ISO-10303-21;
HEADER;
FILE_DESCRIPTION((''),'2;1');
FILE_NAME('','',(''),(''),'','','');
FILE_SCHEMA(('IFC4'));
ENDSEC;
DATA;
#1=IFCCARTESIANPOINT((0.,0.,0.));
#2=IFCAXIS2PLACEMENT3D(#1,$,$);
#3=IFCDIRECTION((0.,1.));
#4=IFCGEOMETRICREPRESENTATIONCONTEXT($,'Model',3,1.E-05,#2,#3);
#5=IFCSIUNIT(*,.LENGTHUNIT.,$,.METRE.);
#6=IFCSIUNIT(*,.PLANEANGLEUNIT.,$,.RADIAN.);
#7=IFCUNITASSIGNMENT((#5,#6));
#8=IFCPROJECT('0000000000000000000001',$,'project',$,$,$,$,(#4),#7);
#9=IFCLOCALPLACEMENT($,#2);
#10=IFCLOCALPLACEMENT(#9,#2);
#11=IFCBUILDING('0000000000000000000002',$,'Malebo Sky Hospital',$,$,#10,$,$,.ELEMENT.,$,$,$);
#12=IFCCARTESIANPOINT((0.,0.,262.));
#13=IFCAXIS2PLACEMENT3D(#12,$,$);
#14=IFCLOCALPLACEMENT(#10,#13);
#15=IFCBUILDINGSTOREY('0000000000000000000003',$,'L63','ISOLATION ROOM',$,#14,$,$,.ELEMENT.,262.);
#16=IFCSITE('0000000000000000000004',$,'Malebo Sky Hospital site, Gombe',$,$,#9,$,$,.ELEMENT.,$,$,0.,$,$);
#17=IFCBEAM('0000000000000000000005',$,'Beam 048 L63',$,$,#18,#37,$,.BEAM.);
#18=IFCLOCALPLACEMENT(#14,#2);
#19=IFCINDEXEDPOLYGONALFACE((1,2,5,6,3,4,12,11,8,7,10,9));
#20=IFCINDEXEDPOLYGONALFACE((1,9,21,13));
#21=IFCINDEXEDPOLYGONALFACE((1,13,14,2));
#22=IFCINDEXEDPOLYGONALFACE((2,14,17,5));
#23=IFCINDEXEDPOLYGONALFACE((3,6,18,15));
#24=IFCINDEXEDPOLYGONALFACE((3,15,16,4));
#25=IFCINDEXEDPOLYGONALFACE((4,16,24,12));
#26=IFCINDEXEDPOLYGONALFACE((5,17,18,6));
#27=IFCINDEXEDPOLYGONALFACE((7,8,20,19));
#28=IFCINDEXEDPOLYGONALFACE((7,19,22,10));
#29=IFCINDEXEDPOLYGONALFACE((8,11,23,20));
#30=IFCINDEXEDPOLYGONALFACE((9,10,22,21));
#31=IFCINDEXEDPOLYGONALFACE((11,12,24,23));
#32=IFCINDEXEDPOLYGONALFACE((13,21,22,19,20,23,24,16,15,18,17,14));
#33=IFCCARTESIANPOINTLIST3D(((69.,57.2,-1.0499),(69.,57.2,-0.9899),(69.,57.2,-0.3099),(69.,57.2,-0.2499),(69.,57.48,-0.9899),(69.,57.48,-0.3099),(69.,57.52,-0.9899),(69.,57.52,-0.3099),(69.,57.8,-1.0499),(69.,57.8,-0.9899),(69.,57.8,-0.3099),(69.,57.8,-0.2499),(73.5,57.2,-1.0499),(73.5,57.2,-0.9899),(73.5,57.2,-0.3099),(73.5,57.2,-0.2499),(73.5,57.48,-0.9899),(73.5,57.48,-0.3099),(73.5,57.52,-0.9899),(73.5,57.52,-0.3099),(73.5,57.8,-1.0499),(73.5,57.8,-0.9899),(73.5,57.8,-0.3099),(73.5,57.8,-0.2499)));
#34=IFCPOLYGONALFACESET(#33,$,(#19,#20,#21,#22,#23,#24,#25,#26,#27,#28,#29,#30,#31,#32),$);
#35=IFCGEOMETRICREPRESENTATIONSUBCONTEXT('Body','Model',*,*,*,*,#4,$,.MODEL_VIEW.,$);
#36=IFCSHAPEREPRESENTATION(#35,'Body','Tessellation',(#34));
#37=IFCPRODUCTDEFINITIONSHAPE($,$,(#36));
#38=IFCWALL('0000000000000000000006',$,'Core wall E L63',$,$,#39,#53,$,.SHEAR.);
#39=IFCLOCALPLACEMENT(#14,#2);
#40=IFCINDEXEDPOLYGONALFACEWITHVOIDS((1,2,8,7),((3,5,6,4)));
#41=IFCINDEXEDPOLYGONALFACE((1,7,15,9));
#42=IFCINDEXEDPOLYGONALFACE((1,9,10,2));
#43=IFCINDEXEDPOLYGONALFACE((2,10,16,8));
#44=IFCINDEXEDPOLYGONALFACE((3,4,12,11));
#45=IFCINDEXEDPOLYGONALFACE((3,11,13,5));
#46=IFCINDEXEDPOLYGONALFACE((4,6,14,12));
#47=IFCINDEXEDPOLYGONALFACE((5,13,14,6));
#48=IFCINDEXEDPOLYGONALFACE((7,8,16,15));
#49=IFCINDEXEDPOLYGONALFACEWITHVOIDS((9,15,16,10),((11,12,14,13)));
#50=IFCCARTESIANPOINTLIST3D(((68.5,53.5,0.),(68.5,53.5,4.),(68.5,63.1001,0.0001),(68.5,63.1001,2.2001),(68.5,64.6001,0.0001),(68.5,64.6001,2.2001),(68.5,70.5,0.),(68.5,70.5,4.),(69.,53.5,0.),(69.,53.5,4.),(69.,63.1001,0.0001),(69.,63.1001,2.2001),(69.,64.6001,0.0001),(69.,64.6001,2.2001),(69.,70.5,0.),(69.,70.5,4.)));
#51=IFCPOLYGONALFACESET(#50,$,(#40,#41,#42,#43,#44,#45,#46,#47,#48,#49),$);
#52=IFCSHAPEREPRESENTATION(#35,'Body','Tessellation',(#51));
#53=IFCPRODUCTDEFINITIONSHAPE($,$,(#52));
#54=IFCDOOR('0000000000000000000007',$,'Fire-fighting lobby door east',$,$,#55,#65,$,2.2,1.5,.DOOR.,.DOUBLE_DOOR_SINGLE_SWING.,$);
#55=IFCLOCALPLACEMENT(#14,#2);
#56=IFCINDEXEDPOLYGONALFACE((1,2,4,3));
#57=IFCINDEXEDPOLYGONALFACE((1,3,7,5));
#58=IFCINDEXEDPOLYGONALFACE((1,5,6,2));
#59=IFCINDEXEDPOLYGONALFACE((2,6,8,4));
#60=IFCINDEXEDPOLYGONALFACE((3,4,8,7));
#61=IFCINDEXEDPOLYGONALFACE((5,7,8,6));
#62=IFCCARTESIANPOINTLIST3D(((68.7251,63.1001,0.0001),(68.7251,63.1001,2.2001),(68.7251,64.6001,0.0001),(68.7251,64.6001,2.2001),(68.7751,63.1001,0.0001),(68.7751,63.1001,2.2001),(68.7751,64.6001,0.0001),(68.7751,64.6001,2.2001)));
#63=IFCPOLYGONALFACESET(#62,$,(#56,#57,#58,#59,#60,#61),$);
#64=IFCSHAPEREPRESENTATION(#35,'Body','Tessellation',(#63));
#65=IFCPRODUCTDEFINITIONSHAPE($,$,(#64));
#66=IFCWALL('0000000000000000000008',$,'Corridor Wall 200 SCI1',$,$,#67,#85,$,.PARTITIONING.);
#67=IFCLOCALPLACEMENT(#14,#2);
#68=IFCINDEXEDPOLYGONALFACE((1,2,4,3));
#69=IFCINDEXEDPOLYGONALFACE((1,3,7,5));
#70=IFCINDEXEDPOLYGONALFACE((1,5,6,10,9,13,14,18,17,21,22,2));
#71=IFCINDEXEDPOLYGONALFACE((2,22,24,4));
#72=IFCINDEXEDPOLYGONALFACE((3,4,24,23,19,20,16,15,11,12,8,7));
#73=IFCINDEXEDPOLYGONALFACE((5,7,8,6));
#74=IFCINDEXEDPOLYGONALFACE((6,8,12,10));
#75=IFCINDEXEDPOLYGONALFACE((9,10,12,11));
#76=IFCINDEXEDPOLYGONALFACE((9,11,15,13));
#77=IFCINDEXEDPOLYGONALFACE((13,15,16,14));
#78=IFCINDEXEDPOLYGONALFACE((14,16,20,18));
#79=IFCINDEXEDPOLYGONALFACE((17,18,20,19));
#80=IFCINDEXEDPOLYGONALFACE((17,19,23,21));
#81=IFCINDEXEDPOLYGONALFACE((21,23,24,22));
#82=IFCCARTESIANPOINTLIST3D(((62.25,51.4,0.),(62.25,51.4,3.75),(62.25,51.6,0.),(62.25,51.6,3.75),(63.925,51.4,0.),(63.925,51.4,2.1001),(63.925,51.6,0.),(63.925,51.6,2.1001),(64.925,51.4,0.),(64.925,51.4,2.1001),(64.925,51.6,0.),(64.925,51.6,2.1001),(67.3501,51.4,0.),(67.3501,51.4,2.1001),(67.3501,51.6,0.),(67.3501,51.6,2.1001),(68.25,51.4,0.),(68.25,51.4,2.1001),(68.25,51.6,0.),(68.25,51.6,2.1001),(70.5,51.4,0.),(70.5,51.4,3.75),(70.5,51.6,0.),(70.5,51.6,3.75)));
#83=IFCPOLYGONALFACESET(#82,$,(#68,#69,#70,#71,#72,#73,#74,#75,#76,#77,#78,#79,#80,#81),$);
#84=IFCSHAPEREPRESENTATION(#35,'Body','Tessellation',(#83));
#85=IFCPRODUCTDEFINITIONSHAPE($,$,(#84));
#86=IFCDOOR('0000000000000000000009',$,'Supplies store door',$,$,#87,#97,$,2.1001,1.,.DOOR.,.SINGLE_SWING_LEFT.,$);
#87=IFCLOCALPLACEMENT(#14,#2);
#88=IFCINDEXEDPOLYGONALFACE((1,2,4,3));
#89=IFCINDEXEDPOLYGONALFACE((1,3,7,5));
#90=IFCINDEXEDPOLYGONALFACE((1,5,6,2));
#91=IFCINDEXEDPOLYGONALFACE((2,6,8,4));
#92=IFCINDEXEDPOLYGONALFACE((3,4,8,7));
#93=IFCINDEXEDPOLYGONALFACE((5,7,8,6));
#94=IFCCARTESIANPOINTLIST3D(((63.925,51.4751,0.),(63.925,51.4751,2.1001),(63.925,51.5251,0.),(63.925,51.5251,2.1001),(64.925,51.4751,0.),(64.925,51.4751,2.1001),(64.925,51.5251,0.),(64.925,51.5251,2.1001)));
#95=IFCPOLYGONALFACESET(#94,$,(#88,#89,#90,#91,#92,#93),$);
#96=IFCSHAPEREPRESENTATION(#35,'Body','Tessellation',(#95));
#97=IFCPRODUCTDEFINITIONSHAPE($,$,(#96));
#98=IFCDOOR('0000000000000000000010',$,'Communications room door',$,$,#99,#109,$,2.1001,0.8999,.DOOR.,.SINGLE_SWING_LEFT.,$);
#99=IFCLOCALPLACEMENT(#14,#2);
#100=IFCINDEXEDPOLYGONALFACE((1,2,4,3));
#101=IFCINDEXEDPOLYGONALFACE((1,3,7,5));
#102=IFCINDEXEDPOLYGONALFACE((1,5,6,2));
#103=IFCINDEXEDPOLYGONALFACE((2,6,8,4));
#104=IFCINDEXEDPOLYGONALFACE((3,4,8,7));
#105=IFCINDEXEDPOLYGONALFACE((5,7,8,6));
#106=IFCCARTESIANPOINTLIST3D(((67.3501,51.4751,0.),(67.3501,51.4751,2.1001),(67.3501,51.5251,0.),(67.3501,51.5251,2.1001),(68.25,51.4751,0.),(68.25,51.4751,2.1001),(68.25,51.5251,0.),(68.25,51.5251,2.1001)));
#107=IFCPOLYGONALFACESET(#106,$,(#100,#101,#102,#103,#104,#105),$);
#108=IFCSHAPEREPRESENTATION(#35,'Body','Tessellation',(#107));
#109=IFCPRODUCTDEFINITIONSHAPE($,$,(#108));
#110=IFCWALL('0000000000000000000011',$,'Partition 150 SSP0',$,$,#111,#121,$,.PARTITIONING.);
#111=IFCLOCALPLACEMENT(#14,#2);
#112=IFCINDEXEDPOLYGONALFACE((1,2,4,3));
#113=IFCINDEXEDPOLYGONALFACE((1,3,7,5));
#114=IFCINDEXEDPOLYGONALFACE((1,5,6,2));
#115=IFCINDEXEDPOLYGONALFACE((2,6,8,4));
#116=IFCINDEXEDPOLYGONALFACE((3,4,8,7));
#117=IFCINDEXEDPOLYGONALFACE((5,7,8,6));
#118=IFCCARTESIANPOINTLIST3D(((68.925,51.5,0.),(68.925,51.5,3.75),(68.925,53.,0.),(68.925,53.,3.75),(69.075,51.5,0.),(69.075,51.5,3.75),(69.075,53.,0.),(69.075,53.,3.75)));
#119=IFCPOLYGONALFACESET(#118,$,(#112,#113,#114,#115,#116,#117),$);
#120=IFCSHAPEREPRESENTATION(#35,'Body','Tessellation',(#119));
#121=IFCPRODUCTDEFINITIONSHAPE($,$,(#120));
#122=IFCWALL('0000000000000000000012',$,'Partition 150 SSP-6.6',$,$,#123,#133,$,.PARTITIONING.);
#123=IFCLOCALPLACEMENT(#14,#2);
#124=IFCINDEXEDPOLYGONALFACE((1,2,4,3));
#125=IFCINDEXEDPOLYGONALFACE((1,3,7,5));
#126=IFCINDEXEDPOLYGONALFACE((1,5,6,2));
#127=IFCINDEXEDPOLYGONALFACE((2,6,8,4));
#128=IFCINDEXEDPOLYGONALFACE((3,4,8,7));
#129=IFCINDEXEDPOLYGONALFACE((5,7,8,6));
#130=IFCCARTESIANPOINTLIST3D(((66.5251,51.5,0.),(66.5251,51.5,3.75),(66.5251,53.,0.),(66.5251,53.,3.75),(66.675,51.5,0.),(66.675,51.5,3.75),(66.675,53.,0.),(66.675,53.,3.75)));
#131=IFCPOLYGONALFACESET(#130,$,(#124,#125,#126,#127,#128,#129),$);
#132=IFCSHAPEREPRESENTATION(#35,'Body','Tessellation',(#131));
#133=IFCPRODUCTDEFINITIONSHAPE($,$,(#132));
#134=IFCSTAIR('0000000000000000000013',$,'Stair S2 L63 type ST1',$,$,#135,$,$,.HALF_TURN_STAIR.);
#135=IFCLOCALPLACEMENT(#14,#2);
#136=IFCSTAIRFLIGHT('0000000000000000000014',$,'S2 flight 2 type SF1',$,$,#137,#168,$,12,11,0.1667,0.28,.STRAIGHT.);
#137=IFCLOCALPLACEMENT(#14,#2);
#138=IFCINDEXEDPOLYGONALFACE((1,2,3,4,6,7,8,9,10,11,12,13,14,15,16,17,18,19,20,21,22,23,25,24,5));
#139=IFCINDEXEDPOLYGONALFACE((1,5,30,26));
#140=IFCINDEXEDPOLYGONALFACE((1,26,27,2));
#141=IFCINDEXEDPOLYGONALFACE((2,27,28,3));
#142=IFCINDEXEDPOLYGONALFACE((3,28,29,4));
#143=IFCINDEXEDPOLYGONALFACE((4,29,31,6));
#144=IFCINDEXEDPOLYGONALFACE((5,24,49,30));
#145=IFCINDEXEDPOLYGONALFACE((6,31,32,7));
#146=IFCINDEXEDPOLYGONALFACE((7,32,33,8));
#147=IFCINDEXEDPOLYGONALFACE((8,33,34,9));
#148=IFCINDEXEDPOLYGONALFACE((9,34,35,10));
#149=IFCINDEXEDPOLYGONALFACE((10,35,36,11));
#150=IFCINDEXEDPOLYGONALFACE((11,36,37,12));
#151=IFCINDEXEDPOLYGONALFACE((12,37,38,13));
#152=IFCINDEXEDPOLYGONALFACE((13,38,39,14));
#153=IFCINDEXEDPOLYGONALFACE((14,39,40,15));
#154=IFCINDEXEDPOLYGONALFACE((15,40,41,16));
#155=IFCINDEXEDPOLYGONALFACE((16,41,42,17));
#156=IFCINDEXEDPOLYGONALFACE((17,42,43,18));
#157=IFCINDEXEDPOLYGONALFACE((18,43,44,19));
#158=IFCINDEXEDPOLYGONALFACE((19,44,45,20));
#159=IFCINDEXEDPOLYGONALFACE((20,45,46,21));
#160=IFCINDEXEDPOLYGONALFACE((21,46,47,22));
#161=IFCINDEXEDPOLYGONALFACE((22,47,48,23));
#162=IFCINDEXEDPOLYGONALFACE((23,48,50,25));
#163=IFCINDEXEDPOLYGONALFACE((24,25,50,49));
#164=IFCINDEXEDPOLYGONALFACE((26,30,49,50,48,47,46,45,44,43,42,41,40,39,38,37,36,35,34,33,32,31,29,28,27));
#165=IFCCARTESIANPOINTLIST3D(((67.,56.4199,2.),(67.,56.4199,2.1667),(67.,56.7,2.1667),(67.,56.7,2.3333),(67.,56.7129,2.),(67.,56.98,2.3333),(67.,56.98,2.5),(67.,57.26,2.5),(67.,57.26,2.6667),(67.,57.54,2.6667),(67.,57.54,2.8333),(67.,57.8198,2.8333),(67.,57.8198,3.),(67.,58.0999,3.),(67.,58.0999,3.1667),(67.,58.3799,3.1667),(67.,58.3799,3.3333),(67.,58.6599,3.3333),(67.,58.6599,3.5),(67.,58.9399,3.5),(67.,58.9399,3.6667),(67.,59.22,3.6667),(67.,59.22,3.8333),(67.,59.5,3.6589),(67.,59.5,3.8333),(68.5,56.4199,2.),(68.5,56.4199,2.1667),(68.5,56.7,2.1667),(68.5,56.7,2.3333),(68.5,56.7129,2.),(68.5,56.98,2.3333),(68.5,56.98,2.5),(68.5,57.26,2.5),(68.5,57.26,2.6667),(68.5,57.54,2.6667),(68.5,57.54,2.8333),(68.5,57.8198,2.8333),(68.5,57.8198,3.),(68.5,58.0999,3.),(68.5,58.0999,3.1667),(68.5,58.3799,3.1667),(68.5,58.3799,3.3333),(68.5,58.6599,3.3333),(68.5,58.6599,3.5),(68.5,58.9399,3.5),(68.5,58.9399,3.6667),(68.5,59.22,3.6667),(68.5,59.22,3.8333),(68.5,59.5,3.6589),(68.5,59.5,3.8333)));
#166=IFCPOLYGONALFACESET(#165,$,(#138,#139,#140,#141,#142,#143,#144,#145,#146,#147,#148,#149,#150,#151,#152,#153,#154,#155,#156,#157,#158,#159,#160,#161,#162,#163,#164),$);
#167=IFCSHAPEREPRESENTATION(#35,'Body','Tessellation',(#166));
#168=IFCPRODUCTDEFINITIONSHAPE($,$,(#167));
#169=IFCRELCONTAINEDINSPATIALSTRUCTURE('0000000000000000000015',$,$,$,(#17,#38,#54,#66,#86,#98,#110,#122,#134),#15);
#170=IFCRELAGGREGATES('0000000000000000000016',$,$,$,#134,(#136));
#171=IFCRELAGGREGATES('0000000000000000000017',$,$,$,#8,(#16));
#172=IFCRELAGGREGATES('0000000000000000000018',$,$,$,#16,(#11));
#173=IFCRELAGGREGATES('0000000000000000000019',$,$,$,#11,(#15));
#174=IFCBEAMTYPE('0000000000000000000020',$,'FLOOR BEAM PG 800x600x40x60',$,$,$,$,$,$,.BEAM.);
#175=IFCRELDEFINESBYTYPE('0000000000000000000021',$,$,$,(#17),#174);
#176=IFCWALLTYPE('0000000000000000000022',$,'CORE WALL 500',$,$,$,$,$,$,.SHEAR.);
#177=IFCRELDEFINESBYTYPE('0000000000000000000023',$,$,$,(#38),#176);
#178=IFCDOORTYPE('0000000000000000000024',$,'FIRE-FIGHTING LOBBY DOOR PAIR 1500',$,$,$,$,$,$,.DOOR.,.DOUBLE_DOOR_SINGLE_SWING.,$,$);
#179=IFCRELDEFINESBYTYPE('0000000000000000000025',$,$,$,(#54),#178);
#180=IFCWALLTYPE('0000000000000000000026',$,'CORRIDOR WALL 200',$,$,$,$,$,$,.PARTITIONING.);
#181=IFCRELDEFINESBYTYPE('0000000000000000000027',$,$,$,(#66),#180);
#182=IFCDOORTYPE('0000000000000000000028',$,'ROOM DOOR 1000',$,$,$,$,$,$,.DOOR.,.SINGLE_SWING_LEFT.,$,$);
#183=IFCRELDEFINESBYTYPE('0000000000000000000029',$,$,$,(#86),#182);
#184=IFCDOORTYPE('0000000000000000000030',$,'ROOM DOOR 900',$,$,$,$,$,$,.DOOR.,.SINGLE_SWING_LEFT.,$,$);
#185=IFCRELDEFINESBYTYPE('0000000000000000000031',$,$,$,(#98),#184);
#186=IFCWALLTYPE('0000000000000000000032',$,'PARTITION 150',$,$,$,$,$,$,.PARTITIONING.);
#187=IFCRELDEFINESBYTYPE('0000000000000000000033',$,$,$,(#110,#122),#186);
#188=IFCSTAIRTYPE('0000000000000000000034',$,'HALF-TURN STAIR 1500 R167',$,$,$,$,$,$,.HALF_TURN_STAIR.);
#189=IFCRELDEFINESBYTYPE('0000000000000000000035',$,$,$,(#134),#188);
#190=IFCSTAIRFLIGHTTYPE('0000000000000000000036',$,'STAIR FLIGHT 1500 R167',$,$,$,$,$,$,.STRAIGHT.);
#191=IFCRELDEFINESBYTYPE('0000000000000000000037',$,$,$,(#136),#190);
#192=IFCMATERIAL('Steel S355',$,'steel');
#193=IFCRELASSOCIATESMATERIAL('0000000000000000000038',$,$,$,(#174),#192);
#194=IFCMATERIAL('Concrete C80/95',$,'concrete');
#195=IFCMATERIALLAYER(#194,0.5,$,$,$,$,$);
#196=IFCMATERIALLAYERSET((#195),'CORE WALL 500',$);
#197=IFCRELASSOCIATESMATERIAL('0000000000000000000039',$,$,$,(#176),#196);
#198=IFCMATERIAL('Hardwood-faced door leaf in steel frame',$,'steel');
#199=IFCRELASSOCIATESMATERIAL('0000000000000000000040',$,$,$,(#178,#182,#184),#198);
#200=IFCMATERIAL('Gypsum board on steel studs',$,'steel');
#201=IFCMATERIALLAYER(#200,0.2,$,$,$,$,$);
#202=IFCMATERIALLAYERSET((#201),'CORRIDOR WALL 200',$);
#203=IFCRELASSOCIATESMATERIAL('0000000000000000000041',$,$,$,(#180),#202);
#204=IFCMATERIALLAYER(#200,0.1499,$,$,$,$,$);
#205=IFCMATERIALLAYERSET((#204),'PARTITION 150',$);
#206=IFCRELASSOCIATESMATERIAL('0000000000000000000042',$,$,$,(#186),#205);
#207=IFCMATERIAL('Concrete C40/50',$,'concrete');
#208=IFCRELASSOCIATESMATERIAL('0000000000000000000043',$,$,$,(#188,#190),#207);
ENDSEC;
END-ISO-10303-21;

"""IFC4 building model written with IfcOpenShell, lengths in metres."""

from ifc_helpers import new_model, si_unit, direction, frame, frame_2d, origin, origin_2d, place, context, subcontext, project, spatial, polyline, rectangle, i_section, outline, extrude, material, layer, layer_set, material_profile, profile_set, type_object, element, fill, aggregate, save


model = new_model("IFC4")

# Units and contexts
model_context = context("Model", 3, precision=1e-05, world=origin(), true_north=direction((0.0, 1.0)))
body_context = subcontext(model_context, "Body", "Model", "MODEL_VIEW")
ifc_project = project(units=[si_unit("LENGTHUNIT", "METRE"), si_unit("PLANEANGLEUNIT", "RADIAN")], contexts=[model_context])

# Site, building, storey
site_placement = place(None, origin())
site = spatial("IfcSite", under=ifc_project, at=site_placement, Name="Malebo Sky Hospital site, Gombe", CompositionType="ELEMENT", RefElevation=0.0)
building_placement = place(site_placement, origin())
building = spatial("IfcBuilding", under=site, at=building_placement, Name="Malebo Sky Hospital", CompositionType="ELEMENT")
storey_placement = place(building_placement, frame((0.0, 0.0, 262.0)))
storey = spatial("IfcBuildingStorey", under=building, at=storey_placement, Name="L63", Description="ISOLATION ROOM", CompositionType="ELEMENT", Elevation=262.0)

# Beam
ifc_material_1 = material(Name="Steel S355", Category="steel")
ifc_material_profile = material_profile(ifc_material_1, i_section(OverallWidth=0.6001, OverallDepth=0.8, WebThickness=0.04, FlangeThickness=0.0601, at=origin_2d()), Name="PG 800x600x40x60")
ifc_profile_set = profile_set([ifc_material_profile], Name="Steel S355")
beam_type = type_object("IfcBeamType", Name="FLOOR BEAM PG 800x600x40x60", PredefinedType="BEAM", material=ifc_profile_set)
beam_placement = place(storey_placement, frame((69.0, 57.5, -0.6499), z_axis=(1.0, 0.0, 0.0), x_axis=(0.0, 1.0, 0.0)))
element("IfcBeam", 1, at=beam_placement, inside=storey, type_object=beam_type, Name="Beam 048 L63", PredefinedType="BEAM", context=body_context, shape_type="SweptSolid", body=[
    extrude(i_section(OverallWidth=0.6001, OverallDepth=0.8, WebThickness=0.04, FlangeThickness=0.0601, at=origin_2d()), origin(), (0.0, 0.0, 1.0), 4.5),
])

# Wall, opening, door
ifc_material_2 = material(Name="Concrete C80/95", Category="concrete")
ifc_layer_1 = layer(ifc_material_2, 0.5)
ifc_layer_set_1 = layer_set([ifc_layer_1], Name="CORE WALL 500")
wall_type_1 = type_object("IfcWallType", Name="CORE WALL 500", PredefinedType="SHEAR", material=ifc_layer_set_1)
wall_1_placement = place(storey_placement, frame((68.75, 53.5, 0.0), z_axis=(0.0, 0.0, 1.0), x_axis=(0.0, 1.0, 0.0)))
wall_1 = element("IfcWall", 2, at=wall_1_placement, inside=storey, type_object=wall_type_1, Name="Core wall E L63", PredefinedType="SHEAR", context=body_context, shape_type="SweptSolid", body=[
    extrude(rectangle(XDim=17.0, YDim=0.5, at=frame_2d((8.5, 0.0))), origin(), (0.0, 0.0, 1.0), 4.0),
])
opening_1_placement = place(wall_1_placement, frame((9.6001, 0.0, 0.0)))
opening_1 = element("IfcOpeningElement", 3, at=opening_1_placement, cuts=wall_1, PredefinedType="OPENING", context=body_context, shape_type="SweptSolid", body=[
    extrude(rectangle(XDim=1.5, YDim=2.2, at=frame_2d((0.75, 1.1001))), frame((0.0, 0.26, 0.0), z_axis=(0.0, -1.0, 0.0), x_axis=(1.0, 0.0, 0.0)), (0.0, 0.0, 1.0), 0.52),
])
ifc_material_3 = material(Name="Hardwood-faced door leaf in steel frame", Category="steel")
door_type_1 = type_object("IfcDoorType", Name="FIRE-FIGHTING LOBBY DOOR PAIR 1500", OperationType="DOUBLE_DOOR_SINGLE_SWING", PredefinedType="DOOR", material=ifc_material_3)
door_1_placement = place(opening_1_placement, origin())
door_1 = element("IfcDoor", 4, at=door_1_placement, inside=storey, type_object=door_type_1, Name="Fire-fighting lobby door east", OperationType="DOUBLE_DOOR_SINGLE_SWING", OverallHeight=2.2, OverallWidth=1.5, PredefinedType="DOOR", context=body_context, shape_type="SweptSolid", body=[
    extrude(rectangle(XDim=1.5, YDim=2.2, at=frame_2d((0.75, 1.1001))), frame((0.0, 0.0249, 0.0), z_axis=(0.0, -1.0, 0.0), x_axis=(1.0, 0.0, 0.0)), (0.0, 0.0, 1.0), 0.05),
])
fill(opening_1, door_1)

# Wall, openings, doors
ifc_material_4 = material(Name="Gypsum board on steel studs", Category="steel")
ifc_layer_2 = layer(ifc_material_4, 0.2)
ifc_layer_set_2 = layer_set([ifc_layer_2], Name="CORRIDOR WALL 200")
wall_type_2 = type_object("IfcWallType", Name="CORRIDOR WALL 200", PredefinedType="PARTITIONING", material=ifc_layer_set_2)
wall_2_placement = place(storey_placement, frame((70.5, 51.5, 0.0), z_axis=(0.0, 0.0, 1.0), x_axis=(-1.0, 0.0, 0.0)))
wall_2 = element("IfcWall", 5, at=wall_2_placement, inside=storey, type_object=wall_type_2, Name="Corridor Wall 200 SCI1", PredefinedType="PARTITIONING", context=body_context, shape_type="SweptSolid", body=[
    extrude(rectangle(XDim=8.25, YDim=0.2, at=frame_2d((4.125, 0.0))), origin(), (0.0, 0.0, 1.0), 3.75),
])
opening_2_placement = place(wall_2_placement, frame((2.25, 0.0, 0.0)))
opening_2 = element("IfcOpeningElement", 6, at=opening_2_placement, cuts=wall_2, PredefinedType="OPENING", context=body_context, shape_type="SweptSolid", body=[
    extrude(rectangle(XDim=0.8999, YDim=2.1001, at=frame_2d((0.45, 1.05))), frame((0.0, 0.1099, 0.0), z_axis=(0.0, -1.0, 0.0), x_axis=(1.0, 0.0, 0.0)), (0.0, 0.0, 1.0), 0.22),
])
opening_3_placement = place(wall_2_placement, frame((5.575, 0.0, 0.0)))
opening_3 = element("IfcOpeningElement", 7, at=opening_3_placement, cuts=wall_2, PredefinedType="OPENING", context=body_context, shape_type="SweptSolid", body=[
    extrude(rectangle(XDim=1.0, YDim=2.1001, at=frame_2d((0.5, 1.05))), frame((0.0, 0.1099, 0.0), z_axis=(0.0, -1.0, 0.0), x_axis=(1.0, 0.0, 0.0)), (0.0, 0.0, 1.0), 0.22),
])
door_type_2 = type_object("IfcDoorType", Name="ROOM DOOR 1000", OperationType="SINGLE_SWING_LEFT", PredefinedType="DOOR", material=ifc_material_3)
door_2_placement = place(opening_3_placement, origin())
door_2 = element("IfcDoor", 8, at=door_2_placement, inside=storey, type_object=door_type_2, Name="Supplies store door", OperationType="SINGLE_SWING_LEFT", OverallHeight=2.1001, OverallWidth=1.0, PredefinedType="DOOR", context=body_context, shape_type="SweptSolid", body=[
    extrude(rectangle(XDim=1.0, YDim=2.1001, at=frame_2d((0.5, 1.05))), frame((0.0, 0.0249, 0.0), z_axis=(0.0, -1.0, 0.0), x_axis=(1.0, 0.0, 0.0)), (0.0, 0.0, 1.0), 0.05),
])
fill(opening_3, door_2)
door_type_3 = type_object("IfcDoorType", Name="ROOM DOOR 900", OperationType="SINGLE_SWING_LEFT", PredefinedType="DOOR", material=ifc_material_3)
door_3_placement = place(opening_2_placement, origin())
door_3 = element("IfcDoor", 9, at=door_3_placement, inside=storey, type_object=door_type_3, Name="Communications room door", OperationType="SINGLE_SWING_LEFT", OverallHeight=2.1001, OverallWidth=0.8999, PredefinedType="DOOR", context=body_context, shape_type="SweptSolid", body=[
    extrude(rectangle(XDim=0.8999, YDim=2.1001, at=frame_2d((0.45, 1.05))), frame((0.0, 0.0249, 0.0), z_axis=(0.0, -1.0, 0.0), x_axis=(1.0, 0.0, 0.0)), (0.0, 0.0, 1.0), 0.05),
])
fill(opening_2, door_3)

# Walls
ifc_layer_3 = layer(ifc_material_4, 0.1499)
ifc_layer_set_3 = layer_set([ifc_layer_3], Name="PARTITION 150")
wall_type_3 = type_object("IfcWallType", Name="PARTITION 150", PredefinedType="PARTITIONING", material=ifc_layer_set_3)
for number, where, z_axis, x_axis, name in (
    (10, (69.0, 53.0, 0.0), (0.0, 0.0, 1.0), (0.0, -1.0, 0.0), "Partition 150 SSP0"),
    (11, (66.6001, 53.0, 0.0), (0.0, 0.0, 1.0), (0.0, -1.0, 0.0), "Partition 150 SSP-6.6"),
):
    element("IfcWall", number, at=place(storey_placement, frame(where, z_axis=z_axis, x_axis=x_axis)), inside=storey, type_object=wall_type_3, Name=name, PredefinedType="PARTITIONING", context=body_context, shape_type="SweptSolid", body=[
        extrude(rectangle(XDim=1.5, YDim=0.1499, at=frame_2d((0.75, 0.0))), origin(), (0.0, 0.0, 1.0), 3.75),
    ])

# Stair, stair flight
ifc_material_5 = material(Name="Concrete C40/50", Category="concrete")
stair_type = type_object("IfcStairType", Name="HALF-TURN STAIR 1500 R167", PredefinedType="HALF_TURN_STAIR", material=ifc_material_5)
stair_placement = place(storey_placement, origin())
stair = element("IfcStair", 12, at=stair_placement, inside=storey, type_object=stair_type, Name="Stair S2 L63 type ST1", PredefinedType="HALF_TURN_STAIR")
stair_flight_type = type_object("IfcStairFlightType", Name="STAIR FLIGHT 1500 R167", PredefinedType="STRAIGHT", material=ifc_material_5)
stair_flight_placement = place(storey_placement, frame((67.75, 56.4199, 2.0), z_axis=(0.0, 0.0, 1.0), x_axis=(0.0, 1.0, 0.0)))
stair_flight = element("IfcStairFlight", 13, at=stair_flight_placement, type_object=stair_flight_type, Name="S2 flight 2 type SF1", NumberOfRisers=12, NumberOfTreads=11, PredefinedType="STRAIGHT", RiserHeight=0.1667, TreadLength=0.28, context=body_context, shape_type="SweptSolid", body=[
    extrude(outline(polyline([(0.0, 0.0), (0.0, 0.1667), (0.28, 0.1667), (0.28, 0.3333), (0.5601, 0.3333), (0.5601, 0.5), (0.8401, 0.5), (0.8401, 0.6667), (1.1201, 0.6667), (1.1201, 0.8333), (1.3999, 0.8333), (1.3999, 1.0), (1.6799, 1.0), (1.6799, 1.1667), (1.96, 1.1667), (1.96, 1.3333), (2.24, 1.3333), (2.24, 1.5), (2.52, 1.5), (2.52, 1.6667), (2.8, 1.6667), (2.8, 1.8333), (3.0801, 1.8333), (3.0801, 2.0), (3.0801, 1.6589), (0.293, 0.0), (0.0, 0.0)])), frame((0.0, 0.75, 0.0), z_axis=(0.0, -1.0, 0.0), x_axis=(1.0, 0.0, 0.0)), (0.0, 0.0, 1.0), 1.5),
])
aggregate(stair, [stair_flight])

save(model, "model.ifc")
